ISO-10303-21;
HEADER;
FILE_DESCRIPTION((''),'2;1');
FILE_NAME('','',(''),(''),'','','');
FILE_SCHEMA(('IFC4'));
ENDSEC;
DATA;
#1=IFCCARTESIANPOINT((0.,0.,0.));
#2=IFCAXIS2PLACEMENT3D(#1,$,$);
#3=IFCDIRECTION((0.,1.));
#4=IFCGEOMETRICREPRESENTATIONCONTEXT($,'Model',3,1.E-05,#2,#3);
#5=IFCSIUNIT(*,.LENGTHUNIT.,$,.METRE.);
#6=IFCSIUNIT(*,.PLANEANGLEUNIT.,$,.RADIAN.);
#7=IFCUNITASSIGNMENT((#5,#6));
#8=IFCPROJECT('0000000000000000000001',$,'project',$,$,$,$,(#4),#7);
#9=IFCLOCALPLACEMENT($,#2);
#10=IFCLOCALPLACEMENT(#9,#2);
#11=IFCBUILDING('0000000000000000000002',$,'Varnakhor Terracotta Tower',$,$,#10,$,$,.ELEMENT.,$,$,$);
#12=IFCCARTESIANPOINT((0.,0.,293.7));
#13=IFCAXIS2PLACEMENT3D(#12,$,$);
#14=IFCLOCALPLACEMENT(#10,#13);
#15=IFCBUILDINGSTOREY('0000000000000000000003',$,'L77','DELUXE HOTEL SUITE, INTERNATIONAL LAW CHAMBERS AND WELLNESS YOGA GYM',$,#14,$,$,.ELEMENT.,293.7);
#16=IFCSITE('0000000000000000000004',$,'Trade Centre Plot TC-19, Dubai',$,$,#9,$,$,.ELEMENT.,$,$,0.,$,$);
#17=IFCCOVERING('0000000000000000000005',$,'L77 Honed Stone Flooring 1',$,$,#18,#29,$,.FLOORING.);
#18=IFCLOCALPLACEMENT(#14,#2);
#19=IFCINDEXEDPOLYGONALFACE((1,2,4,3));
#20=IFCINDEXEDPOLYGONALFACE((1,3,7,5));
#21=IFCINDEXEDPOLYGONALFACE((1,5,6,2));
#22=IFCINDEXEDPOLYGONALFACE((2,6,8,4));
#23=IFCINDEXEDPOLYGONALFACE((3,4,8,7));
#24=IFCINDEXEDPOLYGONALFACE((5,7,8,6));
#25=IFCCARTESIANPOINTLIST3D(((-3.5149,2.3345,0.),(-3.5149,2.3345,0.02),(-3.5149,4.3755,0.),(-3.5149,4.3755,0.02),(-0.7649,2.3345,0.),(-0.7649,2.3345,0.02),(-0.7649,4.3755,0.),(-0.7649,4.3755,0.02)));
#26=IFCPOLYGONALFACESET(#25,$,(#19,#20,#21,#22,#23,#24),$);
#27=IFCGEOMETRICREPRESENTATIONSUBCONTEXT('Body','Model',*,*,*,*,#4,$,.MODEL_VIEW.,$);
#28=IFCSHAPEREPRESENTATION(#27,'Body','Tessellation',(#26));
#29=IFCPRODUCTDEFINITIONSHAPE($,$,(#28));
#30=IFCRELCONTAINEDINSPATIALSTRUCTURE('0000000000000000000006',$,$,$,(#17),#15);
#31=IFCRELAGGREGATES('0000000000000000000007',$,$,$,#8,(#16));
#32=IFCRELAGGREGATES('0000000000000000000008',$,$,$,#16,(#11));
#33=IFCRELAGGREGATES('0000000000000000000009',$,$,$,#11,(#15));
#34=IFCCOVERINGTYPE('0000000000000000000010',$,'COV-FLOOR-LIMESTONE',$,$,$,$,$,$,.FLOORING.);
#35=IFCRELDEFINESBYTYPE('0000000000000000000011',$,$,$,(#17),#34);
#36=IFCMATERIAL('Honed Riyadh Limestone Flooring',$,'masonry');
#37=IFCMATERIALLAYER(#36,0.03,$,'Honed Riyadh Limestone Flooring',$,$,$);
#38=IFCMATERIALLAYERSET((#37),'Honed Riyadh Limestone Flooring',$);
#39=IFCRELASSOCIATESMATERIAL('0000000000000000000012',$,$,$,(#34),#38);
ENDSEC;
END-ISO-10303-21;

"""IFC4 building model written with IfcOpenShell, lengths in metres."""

from ifc_helpers import new_model, si_unit, direction, frame, origin, origin_2d, place, context, subcontext, project, spatial, rectangle, extrude, source, transform, mapped, material, layer, layer_set, type_object, element, save


model = new_model("IFC4")

# Units and contexts
model_context = context("Model", 3, precision=1e-05, world=origin(), true_north=direction((0.0, 1.0)))
body_context = subcontext(model_context, "Body", "Model", "MODEL_VIEW")
ifc_project = project(units=[si_unit("LENGTHUNIT", "METRE"), si_unit("PLANEANGLEUNIT", "RADIAN")], contexts=[model_context])

# Site, building, storey
site_placement = place(None, origin())
site = spatial("IfcSite", under=ifc_project, at=site_placement, Name="Trade Centre Plot TC-19, Dubai", CompositionType="ELEMENT", RefElevation=0.0)
building_placement = place(site_placement, origin())
building = spatial("IfcBuilding", under=site, at=building_placement, Name="Varnakhor Terracotta Tower", CompositionType="ELEMENT")
storey_placement = place(building_placement, frame((0.0, 0.0, 293.7)))
storey = spatial("IfcBuildingStorey", under=building, at=storey_placement, Name="L77", Description="DELUXE HOTEL SUITE, INTERNATIONAL LAW CHAMBERS AND WELLNESS YOGA GYM", CompositionType="ELEMENT", Elevation=293.7)

# Covering
ifc_material_1 = material(Name="Honed Riyadh Limestone Flooring", Category="masonry")
ifc_layer_1 = layer(ifc_material_1, 0.03, Name="Honed Riyadh Limestone Flooring")
ifc_layer_set_1 = layer_set([ifc_layer_1], Name="Honed Riyadh Limestone Flooring")
covering_type = type_object("IfcCoveringType", Name="COV-FLOOR-LIMESTONE", PredefinedType="FLOORING", material=ifc_layer_set_1)
shared_shape_1 = source(origin(), body_context, "Body", "SweptSolid", [
    extrude(rectangle(XDim=2.75, YDim=2.041, at=origin_2d()), origin(), (0.0, 0.0, 1.0), 0.02),
])
covering_placement = place(storey_placement, frame((-2.1399, 3.355, 0.0), z_axis=(0.0, 0.0, 1.0), x_axis=(1.0, 0.0, 0.0)))
element("IfcCovering", 1, at=covering_placement, inside=storey, type_object=covering_type, Name="L77 Honed Stone Flooring 1", PredefinedType="FLOORING", context=body_context, shape_type="MappedRepresentation", body=[
    mapped(shared_shape_1, transform((0.0, 0.0, 0.0), scale=1.0)),
])

save(model, "model.ifc")
